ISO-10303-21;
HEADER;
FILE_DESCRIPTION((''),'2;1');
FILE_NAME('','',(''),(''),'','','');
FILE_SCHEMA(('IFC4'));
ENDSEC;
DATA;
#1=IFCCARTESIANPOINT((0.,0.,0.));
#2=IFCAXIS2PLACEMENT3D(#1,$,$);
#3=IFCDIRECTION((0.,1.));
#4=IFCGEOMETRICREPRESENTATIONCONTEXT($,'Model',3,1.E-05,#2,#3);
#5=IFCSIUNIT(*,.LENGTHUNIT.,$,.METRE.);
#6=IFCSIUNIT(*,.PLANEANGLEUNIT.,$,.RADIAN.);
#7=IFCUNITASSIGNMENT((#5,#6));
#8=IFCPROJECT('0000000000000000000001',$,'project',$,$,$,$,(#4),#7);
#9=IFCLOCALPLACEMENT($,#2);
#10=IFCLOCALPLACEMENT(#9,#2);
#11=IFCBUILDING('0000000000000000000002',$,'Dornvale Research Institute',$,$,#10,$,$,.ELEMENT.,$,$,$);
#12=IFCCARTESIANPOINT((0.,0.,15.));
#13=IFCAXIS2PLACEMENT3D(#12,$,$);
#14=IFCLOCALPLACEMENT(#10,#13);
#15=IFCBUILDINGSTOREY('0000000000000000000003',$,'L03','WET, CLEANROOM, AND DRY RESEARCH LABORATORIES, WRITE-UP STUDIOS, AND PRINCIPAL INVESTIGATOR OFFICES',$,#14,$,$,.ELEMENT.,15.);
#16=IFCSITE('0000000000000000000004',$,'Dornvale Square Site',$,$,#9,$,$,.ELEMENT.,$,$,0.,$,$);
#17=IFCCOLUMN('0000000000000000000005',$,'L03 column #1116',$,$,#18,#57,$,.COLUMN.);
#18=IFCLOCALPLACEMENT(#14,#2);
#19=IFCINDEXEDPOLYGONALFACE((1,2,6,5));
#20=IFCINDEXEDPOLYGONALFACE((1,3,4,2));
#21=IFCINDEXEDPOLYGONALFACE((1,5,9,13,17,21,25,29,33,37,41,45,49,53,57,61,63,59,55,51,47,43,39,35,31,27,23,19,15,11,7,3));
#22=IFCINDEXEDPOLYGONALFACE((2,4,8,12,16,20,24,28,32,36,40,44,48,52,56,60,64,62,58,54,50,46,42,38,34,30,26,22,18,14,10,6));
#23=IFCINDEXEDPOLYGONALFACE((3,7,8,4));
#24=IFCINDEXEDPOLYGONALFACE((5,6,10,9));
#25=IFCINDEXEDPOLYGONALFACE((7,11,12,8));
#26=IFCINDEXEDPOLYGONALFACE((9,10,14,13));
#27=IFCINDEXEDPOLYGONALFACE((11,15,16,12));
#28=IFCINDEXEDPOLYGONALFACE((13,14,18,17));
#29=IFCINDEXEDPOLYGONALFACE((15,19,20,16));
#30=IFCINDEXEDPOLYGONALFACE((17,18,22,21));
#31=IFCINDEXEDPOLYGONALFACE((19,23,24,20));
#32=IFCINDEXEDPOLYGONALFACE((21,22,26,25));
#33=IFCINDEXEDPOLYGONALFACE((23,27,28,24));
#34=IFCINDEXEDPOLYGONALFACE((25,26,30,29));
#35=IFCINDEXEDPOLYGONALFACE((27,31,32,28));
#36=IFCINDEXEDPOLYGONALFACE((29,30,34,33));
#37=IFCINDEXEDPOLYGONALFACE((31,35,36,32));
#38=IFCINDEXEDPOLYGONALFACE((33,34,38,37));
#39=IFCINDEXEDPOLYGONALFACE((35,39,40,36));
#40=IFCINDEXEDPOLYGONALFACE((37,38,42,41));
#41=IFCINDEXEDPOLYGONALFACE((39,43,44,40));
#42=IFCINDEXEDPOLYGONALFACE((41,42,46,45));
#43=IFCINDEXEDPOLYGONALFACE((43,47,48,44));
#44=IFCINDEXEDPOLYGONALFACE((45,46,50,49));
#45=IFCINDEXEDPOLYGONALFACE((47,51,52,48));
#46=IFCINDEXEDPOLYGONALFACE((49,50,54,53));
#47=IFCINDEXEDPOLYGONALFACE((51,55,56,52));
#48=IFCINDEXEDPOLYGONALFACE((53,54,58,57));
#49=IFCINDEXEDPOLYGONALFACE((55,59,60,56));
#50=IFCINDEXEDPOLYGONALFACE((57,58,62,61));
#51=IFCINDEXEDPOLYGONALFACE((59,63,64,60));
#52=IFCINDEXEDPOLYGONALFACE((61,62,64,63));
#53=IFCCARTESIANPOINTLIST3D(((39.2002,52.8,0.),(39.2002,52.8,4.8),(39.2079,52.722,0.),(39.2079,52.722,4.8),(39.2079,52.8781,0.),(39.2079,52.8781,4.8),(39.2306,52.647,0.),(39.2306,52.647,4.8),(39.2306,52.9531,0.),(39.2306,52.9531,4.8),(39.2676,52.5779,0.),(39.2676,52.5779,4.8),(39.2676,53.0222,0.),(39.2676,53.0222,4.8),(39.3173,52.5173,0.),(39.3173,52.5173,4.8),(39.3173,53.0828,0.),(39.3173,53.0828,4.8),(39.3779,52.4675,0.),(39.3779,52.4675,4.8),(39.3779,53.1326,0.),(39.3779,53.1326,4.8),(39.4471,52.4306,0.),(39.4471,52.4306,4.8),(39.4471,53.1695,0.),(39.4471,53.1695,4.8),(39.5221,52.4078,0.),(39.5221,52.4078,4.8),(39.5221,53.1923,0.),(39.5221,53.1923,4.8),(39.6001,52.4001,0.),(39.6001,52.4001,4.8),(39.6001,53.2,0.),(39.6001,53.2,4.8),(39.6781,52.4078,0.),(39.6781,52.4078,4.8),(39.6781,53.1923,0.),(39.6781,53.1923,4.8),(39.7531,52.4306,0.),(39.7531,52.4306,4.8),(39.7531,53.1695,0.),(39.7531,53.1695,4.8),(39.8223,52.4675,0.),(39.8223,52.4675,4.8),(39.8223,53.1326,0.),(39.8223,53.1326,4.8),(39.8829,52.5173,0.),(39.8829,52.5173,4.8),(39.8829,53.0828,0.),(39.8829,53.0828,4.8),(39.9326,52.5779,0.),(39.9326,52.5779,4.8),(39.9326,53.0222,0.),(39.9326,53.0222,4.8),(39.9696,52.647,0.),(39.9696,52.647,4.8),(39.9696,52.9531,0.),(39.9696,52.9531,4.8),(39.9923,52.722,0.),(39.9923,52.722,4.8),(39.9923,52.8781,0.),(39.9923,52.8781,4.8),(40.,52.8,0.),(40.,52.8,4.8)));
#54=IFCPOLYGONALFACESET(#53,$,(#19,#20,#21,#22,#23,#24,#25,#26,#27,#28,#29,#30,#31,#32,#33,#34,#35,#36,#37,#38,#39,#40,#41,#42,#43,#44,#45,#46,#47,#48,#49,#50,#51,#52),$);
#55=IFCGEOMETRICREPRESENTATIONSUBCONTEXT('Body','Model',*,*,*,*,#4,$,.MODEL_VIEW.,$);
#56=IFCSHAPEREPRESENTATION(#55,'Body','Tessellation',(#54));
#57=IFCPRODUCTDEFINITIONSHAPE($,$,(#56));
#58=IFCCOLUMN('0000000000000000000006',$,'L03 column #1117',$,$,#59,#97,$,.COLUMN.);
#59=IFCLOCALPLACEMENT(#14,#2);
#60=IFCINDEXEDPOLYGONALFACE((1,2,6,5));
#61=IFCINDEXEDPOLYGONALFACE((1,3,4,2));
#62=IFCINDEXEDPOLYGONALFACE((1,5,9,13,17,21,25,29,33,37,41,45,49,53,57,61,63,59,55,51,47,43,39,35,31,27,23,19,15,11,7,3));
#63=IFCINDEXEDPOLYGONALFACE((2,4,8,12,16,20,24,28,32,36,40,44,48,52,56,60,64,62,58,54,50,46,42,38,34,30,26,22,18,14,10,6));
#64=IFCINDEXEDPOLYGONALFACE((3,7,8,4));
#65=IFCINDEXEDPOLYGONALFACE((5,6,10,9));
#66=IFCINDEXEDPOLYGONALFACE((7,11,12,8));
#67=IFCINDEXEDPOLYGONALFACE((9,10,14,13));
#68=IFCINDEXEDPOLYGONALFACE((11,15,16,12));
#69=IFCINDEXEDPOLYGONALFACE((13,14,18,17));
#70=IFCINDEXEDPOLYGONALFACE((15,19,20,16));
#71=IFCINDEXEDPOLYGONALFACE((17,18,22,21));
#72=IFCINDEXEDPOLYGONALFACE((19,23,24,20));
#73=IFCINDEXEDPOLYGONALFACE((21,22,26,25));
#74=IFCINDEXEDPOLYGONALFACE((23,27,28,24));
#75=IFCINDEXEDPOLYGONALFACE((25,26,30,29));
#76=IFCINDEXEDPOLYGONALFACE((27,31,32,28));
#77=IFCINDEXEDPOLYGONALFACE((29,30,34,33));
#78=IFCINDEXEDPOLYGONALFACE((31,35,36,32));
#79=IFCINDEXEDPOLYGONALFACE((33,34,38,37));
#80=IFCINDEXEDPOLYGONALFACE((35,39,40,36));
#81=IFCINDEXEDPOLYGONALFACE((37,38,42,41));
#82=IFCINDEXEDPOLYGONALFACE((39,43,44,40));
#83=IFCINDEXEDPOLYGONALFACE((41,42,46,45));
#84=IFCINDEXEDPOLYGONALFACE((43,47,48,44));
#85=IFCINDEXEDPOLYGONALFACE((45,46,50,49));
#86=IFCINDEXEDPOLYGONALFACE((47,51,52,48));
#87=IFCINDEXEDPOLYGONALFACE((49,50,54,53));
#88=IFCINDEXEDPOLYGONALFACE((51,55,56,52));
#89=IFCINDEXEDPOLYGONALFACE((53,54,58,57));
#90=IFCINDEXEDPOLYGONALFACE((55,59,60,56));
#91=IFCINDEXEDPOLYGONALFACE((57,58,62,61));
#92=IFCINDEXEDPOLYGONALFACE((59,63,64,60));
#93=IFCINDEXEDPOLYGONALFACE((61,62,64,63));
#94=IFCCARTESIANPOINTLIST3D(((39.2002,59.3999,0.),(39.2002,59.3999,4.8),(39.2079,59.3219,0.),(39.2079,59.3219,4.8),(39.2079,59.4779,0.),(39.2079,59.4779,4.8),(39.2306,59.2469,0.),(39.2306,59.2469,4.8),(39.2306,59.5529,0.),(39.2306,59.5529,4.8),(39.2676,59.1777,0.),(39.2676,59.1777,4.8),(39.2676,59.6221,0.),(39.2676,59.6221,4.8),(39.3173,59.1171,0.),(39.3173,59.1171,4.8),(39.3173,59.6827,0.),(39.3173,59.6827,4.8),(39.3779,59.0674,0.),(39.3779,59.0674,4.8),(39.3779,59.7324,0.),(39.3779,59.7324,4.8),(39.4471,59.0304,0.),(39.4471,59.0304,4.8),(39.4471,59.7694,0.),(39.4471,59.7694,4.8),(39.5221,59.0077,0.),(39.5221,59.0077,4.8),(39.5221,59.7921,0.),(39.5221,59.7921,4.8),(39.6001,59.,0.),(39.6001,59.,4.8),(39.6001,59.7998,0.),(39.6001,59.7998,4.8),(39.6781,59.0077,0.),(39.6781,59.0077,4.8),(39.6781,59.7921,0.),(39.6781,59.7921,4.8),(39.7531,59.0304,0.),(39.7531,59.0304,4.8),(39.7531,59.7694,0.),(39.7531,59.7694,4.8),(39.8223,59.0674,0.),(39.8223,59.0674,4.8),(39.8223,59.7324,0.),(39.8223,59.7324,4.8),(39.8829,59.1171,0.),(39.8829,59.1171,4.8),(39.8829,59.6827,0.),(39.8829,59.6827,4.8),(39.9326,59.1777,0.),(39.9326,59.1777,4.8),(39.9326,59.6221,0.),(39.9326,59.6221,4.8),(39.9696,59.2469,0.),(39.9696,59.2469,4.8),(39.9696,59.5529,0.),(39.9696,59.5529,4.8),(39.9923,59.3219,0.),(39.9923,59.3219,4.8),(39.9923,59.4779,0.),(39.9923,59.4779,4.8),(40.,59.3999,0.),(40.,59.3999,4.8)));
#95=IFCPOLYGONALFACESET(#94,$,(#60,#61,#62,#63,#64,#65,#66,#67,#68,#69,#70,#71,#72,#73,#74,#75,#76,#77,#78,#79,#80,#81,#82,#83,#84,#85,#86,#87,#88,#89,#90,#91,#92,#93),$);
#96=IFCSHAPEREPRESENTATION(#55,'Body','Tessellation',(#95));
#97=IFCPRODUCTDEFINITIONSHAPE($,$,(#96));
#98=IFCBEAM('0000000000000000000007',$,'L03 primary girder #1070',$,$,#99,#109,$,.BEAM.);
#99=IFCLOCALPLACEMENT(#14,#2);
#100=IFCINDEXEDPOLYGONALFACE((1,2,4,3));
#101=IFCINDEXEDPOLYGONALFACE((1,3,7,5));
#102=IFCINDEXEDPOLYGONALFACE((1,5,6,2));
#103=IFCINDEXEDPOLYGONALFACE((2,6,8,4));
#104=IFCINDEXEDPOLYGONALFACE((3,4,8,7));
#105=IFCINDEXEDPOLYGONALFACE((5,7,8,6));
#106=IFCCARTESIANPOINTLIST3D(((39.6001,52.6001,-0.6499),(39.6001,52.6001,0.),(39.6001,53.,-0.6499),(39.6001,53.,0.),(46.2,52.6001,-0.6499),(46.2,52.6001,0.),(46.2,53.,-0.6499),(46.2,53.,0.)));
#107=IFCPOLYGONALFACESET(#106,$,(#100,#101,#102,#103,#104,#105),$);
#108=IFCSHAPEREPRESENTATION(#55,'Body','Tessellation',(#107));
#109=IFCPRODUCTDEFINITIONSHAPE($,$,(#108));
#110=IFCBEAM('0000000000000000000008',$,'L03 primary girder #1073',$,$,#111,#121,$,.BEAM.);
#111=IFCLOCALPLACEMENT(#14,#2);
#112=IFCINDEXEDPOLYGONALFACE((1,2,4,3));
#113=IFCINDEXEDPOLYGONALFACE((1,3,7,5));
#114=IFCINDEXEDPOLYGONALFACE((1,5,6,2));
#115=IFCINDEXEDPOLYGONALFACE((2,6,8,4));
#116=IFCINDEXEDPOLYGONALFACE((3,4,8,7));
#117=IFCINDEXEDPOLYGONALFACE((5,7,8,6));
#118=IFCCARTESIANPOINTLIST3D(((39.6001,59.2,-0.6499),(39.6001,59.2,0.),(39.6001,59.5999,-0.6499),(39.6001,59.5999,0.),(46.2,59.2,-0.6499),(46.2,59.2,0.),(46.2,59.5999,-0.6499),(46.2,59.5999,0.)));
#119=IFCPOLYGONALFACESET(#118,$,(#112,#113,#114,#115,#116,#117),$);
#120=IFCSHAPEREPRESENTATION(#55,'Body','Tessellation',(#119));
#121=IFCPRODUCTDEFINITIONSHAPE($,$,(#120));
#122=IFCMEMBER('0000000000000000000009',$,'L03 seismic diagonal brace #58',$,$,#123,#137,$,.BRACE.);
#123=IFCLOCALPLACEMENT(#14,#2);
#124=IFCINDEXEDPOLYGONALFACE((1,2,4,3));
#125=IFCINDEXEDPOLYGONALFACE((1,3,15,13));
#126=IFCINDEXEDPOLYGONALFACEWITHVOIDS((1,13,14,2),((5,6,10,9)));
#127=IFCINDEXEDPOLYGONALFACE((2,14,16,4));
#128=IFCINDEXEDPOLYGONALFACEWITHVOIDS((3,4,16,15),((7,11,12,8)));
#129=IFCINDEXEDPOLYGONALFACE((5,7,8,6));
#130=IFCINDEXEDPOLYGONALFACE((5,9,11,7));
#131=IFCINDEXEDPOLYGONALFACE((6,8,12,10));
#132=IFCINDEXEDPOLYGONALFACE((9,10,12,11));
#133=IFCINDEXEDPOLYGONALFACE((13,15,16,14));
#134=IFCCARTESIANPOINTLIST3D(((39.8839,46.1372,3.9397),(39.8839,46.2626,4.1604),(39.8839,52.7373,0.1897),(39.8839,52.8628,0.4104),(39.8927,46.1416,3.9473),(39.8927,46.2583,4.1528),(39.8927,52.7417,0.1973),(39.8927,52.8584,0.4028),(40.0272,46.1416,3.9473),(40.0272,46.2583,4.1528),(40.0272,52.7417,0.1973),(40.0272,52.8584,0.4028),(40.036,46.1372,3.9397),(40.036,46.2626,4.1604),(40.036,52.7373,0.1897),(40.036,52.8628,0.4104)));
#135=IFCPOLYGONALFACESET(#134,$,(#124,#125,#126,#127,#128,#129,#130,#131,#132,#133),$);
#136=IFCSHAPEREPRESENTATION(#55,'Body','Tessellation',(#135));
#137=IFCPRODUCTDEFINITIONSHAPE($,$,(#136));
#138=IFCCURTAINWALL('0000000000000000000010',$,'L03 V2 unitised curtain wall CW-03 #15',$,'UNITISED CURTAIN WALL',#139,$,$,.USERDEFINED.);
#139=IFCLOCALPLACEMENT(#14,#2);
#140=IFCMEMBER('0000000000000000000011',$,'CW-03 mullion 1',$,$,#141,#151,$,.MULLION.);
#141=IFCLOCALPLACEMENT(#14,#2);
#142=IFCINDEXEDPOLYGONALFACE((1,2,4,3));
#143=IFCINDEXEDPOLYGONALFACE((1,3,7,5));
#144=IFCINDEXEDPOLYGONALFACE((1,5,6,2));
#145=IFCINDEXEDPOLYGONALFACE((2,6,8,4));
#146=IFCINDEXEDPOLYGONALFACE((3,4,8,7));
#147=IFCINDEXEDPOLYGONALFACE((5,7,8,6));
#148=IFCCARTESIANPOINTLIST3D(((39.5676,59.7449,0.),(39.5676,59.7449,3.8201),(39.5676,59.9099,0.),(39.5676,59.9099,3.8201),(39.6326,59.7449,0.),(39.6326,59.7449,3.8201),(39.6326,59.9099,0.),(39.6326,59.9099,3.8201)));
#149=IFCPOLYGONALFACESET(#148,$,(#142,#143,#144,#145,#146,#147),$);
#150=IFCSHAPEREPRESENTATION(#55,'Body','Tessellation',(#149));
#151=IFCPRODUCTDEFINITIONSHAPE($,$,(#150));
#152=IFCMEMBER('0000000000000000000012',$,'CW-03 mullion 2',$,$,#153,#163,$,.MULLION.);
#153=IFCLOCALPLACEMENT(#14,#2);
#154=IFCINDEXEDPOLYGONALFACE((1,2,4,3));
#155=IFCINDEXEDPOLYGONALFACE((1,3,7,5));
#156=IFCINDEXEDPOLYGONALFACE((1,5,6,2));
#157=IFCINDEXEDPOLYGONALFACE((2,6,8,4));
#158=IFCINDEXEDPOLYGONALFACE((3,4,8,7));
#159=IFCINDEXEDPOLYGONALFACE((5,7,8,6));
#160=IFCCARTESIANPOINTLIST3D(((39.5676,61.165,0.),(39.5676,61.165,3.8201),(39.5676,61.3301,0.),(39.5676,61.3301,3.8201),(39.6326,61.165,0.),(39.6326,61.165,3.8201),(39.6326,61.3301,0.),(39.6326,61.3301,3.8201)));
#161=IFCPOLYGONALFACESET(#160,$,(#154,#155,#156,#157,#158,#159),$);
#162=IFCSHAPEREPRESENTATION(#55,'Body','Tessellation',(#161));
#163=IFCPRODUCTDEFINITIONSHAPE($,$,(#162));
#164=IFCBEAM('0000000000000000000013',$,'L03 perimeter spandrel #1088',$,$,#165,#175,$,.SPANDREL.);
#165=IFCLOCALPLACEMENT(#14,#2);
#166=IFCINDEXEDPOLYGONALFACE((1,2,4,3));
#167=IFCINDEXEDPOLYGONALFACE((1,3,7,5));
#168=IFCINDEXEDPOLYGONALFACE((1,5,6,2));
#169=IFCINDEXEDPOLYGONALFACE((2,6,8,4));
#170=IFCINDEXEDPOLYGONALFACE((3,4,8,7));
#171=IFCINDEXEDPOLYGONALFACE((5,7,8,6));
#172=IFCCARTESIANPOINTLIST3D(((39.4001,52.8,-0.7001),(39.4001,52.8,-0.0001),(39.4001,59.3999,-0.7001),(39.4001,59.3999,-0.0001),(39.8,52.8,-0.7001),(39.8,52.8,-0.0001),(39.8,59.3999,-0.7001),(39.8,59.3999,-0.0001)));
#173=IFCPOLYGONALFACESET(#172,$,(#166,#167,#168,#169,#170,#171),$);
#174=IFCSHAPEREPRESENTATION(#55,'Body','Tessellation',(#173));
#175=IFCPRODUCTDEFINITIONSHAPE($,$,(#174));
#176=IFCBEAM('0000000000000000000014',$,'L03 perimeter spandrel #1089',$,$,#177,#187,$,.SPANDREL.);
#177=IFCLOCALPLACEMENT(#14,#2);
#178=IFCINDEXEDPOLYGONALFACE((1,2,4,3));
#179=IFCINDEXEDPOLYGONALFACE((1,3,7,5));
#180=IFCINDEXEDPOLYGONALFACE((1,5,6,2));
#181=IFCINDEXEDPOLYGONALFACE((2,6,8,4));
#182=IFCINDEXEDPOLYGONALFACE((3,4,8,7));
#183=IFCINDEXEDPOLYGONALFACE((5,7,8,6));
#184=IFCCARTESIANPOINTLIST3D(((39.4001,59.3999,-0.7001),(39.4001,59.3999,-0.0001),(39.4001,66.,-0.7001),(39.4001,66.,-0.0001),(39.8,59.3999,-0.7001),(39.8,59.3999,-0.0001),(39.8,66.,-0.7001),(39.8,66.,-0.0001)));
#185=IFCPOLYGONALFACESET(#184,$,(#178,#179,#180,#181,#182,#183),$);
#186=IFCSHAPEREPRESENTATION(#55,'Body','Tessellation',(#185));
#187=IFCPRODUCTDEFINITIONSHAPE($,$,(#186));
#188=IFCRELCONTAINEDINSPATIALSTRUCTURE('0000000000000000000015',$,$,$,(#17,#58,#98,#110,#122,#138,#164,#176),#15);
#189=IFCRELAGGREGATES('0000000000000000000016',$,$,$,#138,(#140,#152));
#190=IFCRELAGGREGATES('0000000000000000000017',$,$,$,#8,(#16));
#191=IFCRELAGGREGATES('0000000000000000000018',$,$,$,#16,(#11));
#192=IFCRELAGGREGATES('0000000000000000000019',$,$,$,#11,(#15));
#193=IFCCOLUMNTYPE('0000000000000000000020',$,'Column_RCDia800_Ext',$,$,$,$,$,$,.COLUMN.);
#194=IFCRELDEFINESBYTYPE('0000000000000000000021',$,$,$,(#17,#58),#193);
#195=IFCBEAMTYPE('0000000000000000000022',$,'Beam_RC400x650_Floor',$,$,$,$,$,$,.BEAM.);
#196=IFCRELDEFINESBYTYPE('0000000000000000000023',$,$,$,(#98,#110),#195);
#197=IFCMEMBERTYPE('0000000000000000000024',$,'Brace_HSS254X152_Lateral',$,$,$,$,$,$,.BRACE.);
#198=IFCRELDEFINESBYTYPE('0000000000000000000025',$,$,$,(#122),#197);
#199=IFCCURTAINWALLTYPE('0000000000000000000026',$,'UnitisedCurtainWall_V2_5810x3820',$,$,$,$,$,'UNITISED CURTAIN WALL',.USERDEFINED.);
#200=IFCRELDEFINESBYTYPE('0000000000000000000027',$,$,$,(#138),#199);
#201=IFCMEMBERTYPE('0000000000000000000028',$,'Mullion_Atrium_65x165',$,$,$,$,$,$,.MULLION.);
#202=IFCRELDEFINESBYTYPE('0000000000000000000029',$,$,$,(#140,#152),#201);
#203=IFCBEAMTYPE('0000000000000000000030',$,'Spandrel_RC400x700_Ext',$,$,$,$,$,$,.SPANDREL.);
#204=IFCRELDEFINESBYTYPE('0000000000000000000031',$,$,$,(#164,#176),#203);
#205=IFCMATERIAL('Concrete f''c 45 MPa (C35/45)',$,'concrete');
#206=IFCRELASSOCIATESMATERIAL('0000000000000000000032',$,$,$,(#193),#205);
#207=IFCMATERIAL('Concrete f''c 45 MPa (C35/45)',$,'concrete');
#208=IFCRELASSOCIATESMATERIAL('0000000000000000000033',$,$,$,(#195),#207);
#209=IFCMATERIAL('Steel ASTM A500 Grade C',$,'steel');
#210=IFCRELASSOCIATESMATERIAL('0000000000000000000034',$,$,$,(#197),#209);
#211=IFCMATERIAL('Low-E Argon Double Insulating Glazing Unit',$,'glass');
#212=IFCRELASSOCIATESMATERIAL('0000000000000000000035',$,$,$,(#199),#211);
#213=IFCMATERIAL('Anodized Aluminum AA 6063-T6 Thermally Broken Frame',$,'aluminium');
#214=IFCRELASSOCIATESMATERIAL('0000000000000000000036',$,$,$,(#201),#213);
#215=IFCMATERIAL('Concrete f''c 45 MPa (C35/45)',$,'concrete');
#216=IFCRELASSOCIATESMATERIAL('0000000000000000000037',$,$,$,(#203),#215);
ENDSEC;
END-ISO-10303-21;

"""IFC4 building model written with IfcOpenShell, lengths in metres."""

from ifc_helpers import new_model, si_unit, direction, frame, origin, origin_2d, place, context, subcontext, project, spatial, rectangle, hollow_rectangle, circle, extrude, material, material_profile, profile_set, type_object, element, aggregate, save


model = new_model("IFC4")

# Units and contexts
model_context = context("Model", 3, precision=1e-05, world=origin(), true_north=direction((0.0, 1.0)))
body_context = subcontext(model_context, "Body", "Model", "MODEL_VIEW")
ifc_project = project(units=[si_unit("LENGTHUNIT", "METRE"), si_unit("PLANEANGLEUNIT", "RADIAN")], contexts=[model_context])

# Site, building, storey
site_placement = place(None, origin())
site = spatial("IfcSite", under=ifc_project, at=site_placement, Name="Dornvale Square Site", CompositionType="ELEMENT", RefElevation=0.0)
building_placement = place(site_placement, origin())
building = spatial("IfcBuilding", under=site, at=building_placement, Name="Dornvale Research Institute", CompositionType="ELEMENT")
storey_placement = place(building_placement, frame((0.0, 0.0, 15.0)))
storey = spatial("IfcBuildingStorey", under=building, at=storey_placement, Name="L03", Description="WET, CLEANROOM, AND DRY RESEARCH LABORATORIES, WRITE-UP STUDIOS, AND PRINCIPAL INVESTIGATOR OFFICES", CompositionType="ELEMENT", Elevation=15.0)

# Columns
ifc_material_1 = material(Name="Concrete f'c 45 MPa (C35/45)", Category="concrete")
ifc_material_profile_1 = material_profile(ifc_material_1, circle(Radius=0.3999, at=origin_2d()), Name="RC DIA 800")
ifc_profile_set_1 = profile_set([ifc_material_profile_1], Name="Concrete f'c 45 MPa (C35/45)")
column_type = type_object("IfcColumnType", Name="Column_RCDia800_Ext", PredefinedType="COLUMN", material=ifc_profile_set_1)
for number, where, z_axis, x_axis, name in (
    (1, (39.6001, 52.8, 0.0), (0.0, 0.0, 1.0), (1.0, 0.0, 0.0), "L03 column #1116"),
    (2, (39.6001, 59.3999, 0.0), (0.0, 0.0, 1.0), (1.0, 0.0, 0.0), "L03 column #1117"),
):
    element("IfcColumn", number, at=place(storey_placement, frame(where, z_axis=z_axis, x_axis=x_axis)), inside=storey, type_object=column_type, Name=name, PredefinedType="COLUMN", context=body_context, shape_type="SweptSolid", body=[
        extrude(circle(Radius=0.3999, at=origin_2d()), origin(), (0.0, 0.0, 1.0), 4.8),
    ])

# Beams
ifc_material_2 = material(Name="Concrete f'c 45 MPa (C35/45)", Category="concrete")
ifc_material_profile_2 = material_profile(ifc_material_2, rectangle(XDim=0.3999, YDim=0.6499, at=origin_2d()), Name="RC 400x650")
ifc_profile_set_2 = profile_set([ifc_material_profile_2], Name="Concrete f'c 45 MPa (C35/45)")
beam_type_1 = type_object("IfcBeamType", Name="Beam_RC400x650_Floor", PredefinedType="BEAM", material=ifc_profile_set_2)
for number, where, z_axis, x_axis, name in (
    (3, (39.6001, 52.8, -0.325), (1.0, 0.0, 0.0), (0.0, 1.0, 0.0), "L03 primary girder #1070"),
    (4, (39.6001, 59.3999, -0.325), (1.0, 0.0, 0.0), (0.0, 1.0, 0.0), "L03 primary girder #1073"),
):
    element("IfcBeam", number, at=place(storey_placement, frame(where, z_axis=z_axis, x_axis=x_axis)), inside=storey, type_object=beam_type_1, Name=name, PredefinedType="BEAM", context=body_context, shape_type="SweptSolid", body=[
        extrude(rectangle(XDim=0.3999, YDim=0.6499, at=origin_2d()), origin(), (0.0, 0.0, 1.0), 6.5999),
    ])

# Member
ifc_material_3 = material(Name="Steel ASTM A500 Grade C", Category="steel")
ifc_material_profile_3 = material_profile(ifc_material_3, hollow_rectangle(XDim=0.1521, YDim=0.2539, WallThickness=0.0088, at=origin_2d()), Name="HSS254X152X9.5")
ifc_profile_set_3 = profile_set([ifc_material_profile_3], Name="Steel ASTM A500 Grade C")
member_type_1 = type_object("IfcMemberType", Name="Brace_HSS254X152_Lateral", PredefinedType="BRACE", material=ifc_profile_set_3)
member_1_placement = place(storey_placement, frame((39.96, 52.8, 0.3), z_axis=(0.0, -0.86946, 0.494004), x_axis=(1.0, 0.0, 0.0)))
element("IfcMember", 5, at=member_1_placement, inside=storey, type_object=member_type_1, Name="L03 seismic diagonal brace #58", PredefinedType="BRACE", context=body_context, shape_type="SweptSolid", body=[
    extrude(hollow_rectangle(XDim=0.1521, YDim=0.2539, WallThickness=0.0088, at=origin_2d()), origin(), (0.0, 0.0, 1.0), 7.5911),
])

# Curtain wall, members
ifc_material_4 = material(Name="Low-E Argon Double Insulating Glazing Unit", Category="glass")
curtain_wall_type = type_object("IfcCurtainWallType", Name="UnitisedCurtainWall_V2_5810x3820", ElementType="UNITISED CURTAIN WALL", PredefinedType="USERDEFINED", material=ifc_material_4)
curtain_wall_placement = place(storey_placement, origin())
curtain_wall = element("IfcCurtainWall", 6, at=curtain_wall_placement, inside=storey, type_object=curtain_wall_type, Name="L03 V2 unitised curtain wall CW-03 #15", ObjectType="UNITISED CURTAIN WALL", PredefinedType="USERDEFINED")
ifc_material_5 = material(Name="Anodized Aluminum AA 6063-T6 Thermally Broken Frame", Category="aluminium")
ifc_material_profile_4 = material_profile(ifc_material_5, rectangle(XDim=0.0649, YDim=0.165, at=origin_2d()), Name="ALU MULLION 65x165")
ifc_profile_set_4 = profile_set([ifc_material_profile_4], Name="Anodized Aluminum AA 6063-T6 Thermally Broken Frame")
member_type_2 = type_object("IfcMemberType", Name="Mullion_Atrium_65x165", PredefinedType="MULLION", material=ifc_profile_set_4)
member_2_placement = place(storey_placement, frame((39.6001, 59.8274, 0.0), z_axis=(0.0, 0.0, 1.0), x_axis=(-1.0, 0.0, 0.0)))
member_2 = element("IfcMember", 7, at=member_2_placement, type_object=member_type_2, Name="CW-03 mullion 1", PredefinedType="MULLION", context=body_context, shape_type="SweptSolid", body=[
    extrude(rectangle(XDim=0.0649, YDim=0.165, at=origin_2d()), origin(), (0.0, 0.0, 1.0), 3.8201),
])
member_3_placement = place(storey_placement, frame((39.6001, 61.2476, 0.0), z_axis=(0.0, 0.0, 1.0), x_axis=(-1.0, 0.0, 0.0)))
member_3 = element("IfcMember", 8, at=member_3_placement, type_object=member_type_2, Name="CW-03 mullion 2", PredefinedType="MULLION", context=body_context, shape_type="SweptSolid", body=[
    extrude(rectangle(XDim=0.0649, YDim=0.165, at=origin_2d()), origin(), (0.0, 0.0, 1.0), 3.8201),
])

# Beams
ifc_material_6 = material(Name="Concrete f'c 45 MPa (C35/45)", Category="concrete")
ifc_material_profile_5 = material_profile(ifc_material_6, rectangle(XDim=0.3999, YDim=0.7, at=origin_2d()), Name="RC 400x700")
ifc_profile_set_5 = profile_set([ifc_material_profile_5], Name="Concrete f'c 45 MPa (C35/45)")
beam_type_2 = type_object("IfcBeamType", Name="Spandrel_RC400x700_Ext", PredefinedType="SPANDREL", material=ifc_profile_set_5)
beam_1_placement = place(storey_placement, frame((39.6001, 52.8, -0.3501), z_axis=(0.0, 1.0, 0.0), x_axis=(-1.0, 0.0, 0.0)))
element("IfcBeam", 9, at=beam_1_placement, inside=storey, type_object=beam_type_2, Name="L03 perimeter spandrel #1088", PredefinedType="SPANDREL", context=body_context, shape_type="SweptSolid", body=[
    extrude(rectangle(XDim=0.3999, YDim=0.7, at=origin_2d()), origin(), (0.0, 0.0, 1.0), 6.5999),
])
beam_2_placement = place(storey_placement, frame((39.6001, 59.3999, -0.3501), z_axis=(0.0, 1.0, 0.0), x_axis=(-1.0, 0.0, 0.0)))
element("IfcBeam", 10, at=beam_2_placement, inside=storey, type_object=beam_type_2, Name="L03 perimeter spandrel #1089", PredefinedType="SPANDREL", context=body_context, shape_type="SweptSolid", body=[
    extrude(rectangle(XDim=0.3999, YDim=0.7, at=origin_2d()), origin(), (0.0, 0.0, 1.0), 6.6001),
])

aggregate(curtain_wall, [member_2, member_3])

save(model, "model.ifc")
